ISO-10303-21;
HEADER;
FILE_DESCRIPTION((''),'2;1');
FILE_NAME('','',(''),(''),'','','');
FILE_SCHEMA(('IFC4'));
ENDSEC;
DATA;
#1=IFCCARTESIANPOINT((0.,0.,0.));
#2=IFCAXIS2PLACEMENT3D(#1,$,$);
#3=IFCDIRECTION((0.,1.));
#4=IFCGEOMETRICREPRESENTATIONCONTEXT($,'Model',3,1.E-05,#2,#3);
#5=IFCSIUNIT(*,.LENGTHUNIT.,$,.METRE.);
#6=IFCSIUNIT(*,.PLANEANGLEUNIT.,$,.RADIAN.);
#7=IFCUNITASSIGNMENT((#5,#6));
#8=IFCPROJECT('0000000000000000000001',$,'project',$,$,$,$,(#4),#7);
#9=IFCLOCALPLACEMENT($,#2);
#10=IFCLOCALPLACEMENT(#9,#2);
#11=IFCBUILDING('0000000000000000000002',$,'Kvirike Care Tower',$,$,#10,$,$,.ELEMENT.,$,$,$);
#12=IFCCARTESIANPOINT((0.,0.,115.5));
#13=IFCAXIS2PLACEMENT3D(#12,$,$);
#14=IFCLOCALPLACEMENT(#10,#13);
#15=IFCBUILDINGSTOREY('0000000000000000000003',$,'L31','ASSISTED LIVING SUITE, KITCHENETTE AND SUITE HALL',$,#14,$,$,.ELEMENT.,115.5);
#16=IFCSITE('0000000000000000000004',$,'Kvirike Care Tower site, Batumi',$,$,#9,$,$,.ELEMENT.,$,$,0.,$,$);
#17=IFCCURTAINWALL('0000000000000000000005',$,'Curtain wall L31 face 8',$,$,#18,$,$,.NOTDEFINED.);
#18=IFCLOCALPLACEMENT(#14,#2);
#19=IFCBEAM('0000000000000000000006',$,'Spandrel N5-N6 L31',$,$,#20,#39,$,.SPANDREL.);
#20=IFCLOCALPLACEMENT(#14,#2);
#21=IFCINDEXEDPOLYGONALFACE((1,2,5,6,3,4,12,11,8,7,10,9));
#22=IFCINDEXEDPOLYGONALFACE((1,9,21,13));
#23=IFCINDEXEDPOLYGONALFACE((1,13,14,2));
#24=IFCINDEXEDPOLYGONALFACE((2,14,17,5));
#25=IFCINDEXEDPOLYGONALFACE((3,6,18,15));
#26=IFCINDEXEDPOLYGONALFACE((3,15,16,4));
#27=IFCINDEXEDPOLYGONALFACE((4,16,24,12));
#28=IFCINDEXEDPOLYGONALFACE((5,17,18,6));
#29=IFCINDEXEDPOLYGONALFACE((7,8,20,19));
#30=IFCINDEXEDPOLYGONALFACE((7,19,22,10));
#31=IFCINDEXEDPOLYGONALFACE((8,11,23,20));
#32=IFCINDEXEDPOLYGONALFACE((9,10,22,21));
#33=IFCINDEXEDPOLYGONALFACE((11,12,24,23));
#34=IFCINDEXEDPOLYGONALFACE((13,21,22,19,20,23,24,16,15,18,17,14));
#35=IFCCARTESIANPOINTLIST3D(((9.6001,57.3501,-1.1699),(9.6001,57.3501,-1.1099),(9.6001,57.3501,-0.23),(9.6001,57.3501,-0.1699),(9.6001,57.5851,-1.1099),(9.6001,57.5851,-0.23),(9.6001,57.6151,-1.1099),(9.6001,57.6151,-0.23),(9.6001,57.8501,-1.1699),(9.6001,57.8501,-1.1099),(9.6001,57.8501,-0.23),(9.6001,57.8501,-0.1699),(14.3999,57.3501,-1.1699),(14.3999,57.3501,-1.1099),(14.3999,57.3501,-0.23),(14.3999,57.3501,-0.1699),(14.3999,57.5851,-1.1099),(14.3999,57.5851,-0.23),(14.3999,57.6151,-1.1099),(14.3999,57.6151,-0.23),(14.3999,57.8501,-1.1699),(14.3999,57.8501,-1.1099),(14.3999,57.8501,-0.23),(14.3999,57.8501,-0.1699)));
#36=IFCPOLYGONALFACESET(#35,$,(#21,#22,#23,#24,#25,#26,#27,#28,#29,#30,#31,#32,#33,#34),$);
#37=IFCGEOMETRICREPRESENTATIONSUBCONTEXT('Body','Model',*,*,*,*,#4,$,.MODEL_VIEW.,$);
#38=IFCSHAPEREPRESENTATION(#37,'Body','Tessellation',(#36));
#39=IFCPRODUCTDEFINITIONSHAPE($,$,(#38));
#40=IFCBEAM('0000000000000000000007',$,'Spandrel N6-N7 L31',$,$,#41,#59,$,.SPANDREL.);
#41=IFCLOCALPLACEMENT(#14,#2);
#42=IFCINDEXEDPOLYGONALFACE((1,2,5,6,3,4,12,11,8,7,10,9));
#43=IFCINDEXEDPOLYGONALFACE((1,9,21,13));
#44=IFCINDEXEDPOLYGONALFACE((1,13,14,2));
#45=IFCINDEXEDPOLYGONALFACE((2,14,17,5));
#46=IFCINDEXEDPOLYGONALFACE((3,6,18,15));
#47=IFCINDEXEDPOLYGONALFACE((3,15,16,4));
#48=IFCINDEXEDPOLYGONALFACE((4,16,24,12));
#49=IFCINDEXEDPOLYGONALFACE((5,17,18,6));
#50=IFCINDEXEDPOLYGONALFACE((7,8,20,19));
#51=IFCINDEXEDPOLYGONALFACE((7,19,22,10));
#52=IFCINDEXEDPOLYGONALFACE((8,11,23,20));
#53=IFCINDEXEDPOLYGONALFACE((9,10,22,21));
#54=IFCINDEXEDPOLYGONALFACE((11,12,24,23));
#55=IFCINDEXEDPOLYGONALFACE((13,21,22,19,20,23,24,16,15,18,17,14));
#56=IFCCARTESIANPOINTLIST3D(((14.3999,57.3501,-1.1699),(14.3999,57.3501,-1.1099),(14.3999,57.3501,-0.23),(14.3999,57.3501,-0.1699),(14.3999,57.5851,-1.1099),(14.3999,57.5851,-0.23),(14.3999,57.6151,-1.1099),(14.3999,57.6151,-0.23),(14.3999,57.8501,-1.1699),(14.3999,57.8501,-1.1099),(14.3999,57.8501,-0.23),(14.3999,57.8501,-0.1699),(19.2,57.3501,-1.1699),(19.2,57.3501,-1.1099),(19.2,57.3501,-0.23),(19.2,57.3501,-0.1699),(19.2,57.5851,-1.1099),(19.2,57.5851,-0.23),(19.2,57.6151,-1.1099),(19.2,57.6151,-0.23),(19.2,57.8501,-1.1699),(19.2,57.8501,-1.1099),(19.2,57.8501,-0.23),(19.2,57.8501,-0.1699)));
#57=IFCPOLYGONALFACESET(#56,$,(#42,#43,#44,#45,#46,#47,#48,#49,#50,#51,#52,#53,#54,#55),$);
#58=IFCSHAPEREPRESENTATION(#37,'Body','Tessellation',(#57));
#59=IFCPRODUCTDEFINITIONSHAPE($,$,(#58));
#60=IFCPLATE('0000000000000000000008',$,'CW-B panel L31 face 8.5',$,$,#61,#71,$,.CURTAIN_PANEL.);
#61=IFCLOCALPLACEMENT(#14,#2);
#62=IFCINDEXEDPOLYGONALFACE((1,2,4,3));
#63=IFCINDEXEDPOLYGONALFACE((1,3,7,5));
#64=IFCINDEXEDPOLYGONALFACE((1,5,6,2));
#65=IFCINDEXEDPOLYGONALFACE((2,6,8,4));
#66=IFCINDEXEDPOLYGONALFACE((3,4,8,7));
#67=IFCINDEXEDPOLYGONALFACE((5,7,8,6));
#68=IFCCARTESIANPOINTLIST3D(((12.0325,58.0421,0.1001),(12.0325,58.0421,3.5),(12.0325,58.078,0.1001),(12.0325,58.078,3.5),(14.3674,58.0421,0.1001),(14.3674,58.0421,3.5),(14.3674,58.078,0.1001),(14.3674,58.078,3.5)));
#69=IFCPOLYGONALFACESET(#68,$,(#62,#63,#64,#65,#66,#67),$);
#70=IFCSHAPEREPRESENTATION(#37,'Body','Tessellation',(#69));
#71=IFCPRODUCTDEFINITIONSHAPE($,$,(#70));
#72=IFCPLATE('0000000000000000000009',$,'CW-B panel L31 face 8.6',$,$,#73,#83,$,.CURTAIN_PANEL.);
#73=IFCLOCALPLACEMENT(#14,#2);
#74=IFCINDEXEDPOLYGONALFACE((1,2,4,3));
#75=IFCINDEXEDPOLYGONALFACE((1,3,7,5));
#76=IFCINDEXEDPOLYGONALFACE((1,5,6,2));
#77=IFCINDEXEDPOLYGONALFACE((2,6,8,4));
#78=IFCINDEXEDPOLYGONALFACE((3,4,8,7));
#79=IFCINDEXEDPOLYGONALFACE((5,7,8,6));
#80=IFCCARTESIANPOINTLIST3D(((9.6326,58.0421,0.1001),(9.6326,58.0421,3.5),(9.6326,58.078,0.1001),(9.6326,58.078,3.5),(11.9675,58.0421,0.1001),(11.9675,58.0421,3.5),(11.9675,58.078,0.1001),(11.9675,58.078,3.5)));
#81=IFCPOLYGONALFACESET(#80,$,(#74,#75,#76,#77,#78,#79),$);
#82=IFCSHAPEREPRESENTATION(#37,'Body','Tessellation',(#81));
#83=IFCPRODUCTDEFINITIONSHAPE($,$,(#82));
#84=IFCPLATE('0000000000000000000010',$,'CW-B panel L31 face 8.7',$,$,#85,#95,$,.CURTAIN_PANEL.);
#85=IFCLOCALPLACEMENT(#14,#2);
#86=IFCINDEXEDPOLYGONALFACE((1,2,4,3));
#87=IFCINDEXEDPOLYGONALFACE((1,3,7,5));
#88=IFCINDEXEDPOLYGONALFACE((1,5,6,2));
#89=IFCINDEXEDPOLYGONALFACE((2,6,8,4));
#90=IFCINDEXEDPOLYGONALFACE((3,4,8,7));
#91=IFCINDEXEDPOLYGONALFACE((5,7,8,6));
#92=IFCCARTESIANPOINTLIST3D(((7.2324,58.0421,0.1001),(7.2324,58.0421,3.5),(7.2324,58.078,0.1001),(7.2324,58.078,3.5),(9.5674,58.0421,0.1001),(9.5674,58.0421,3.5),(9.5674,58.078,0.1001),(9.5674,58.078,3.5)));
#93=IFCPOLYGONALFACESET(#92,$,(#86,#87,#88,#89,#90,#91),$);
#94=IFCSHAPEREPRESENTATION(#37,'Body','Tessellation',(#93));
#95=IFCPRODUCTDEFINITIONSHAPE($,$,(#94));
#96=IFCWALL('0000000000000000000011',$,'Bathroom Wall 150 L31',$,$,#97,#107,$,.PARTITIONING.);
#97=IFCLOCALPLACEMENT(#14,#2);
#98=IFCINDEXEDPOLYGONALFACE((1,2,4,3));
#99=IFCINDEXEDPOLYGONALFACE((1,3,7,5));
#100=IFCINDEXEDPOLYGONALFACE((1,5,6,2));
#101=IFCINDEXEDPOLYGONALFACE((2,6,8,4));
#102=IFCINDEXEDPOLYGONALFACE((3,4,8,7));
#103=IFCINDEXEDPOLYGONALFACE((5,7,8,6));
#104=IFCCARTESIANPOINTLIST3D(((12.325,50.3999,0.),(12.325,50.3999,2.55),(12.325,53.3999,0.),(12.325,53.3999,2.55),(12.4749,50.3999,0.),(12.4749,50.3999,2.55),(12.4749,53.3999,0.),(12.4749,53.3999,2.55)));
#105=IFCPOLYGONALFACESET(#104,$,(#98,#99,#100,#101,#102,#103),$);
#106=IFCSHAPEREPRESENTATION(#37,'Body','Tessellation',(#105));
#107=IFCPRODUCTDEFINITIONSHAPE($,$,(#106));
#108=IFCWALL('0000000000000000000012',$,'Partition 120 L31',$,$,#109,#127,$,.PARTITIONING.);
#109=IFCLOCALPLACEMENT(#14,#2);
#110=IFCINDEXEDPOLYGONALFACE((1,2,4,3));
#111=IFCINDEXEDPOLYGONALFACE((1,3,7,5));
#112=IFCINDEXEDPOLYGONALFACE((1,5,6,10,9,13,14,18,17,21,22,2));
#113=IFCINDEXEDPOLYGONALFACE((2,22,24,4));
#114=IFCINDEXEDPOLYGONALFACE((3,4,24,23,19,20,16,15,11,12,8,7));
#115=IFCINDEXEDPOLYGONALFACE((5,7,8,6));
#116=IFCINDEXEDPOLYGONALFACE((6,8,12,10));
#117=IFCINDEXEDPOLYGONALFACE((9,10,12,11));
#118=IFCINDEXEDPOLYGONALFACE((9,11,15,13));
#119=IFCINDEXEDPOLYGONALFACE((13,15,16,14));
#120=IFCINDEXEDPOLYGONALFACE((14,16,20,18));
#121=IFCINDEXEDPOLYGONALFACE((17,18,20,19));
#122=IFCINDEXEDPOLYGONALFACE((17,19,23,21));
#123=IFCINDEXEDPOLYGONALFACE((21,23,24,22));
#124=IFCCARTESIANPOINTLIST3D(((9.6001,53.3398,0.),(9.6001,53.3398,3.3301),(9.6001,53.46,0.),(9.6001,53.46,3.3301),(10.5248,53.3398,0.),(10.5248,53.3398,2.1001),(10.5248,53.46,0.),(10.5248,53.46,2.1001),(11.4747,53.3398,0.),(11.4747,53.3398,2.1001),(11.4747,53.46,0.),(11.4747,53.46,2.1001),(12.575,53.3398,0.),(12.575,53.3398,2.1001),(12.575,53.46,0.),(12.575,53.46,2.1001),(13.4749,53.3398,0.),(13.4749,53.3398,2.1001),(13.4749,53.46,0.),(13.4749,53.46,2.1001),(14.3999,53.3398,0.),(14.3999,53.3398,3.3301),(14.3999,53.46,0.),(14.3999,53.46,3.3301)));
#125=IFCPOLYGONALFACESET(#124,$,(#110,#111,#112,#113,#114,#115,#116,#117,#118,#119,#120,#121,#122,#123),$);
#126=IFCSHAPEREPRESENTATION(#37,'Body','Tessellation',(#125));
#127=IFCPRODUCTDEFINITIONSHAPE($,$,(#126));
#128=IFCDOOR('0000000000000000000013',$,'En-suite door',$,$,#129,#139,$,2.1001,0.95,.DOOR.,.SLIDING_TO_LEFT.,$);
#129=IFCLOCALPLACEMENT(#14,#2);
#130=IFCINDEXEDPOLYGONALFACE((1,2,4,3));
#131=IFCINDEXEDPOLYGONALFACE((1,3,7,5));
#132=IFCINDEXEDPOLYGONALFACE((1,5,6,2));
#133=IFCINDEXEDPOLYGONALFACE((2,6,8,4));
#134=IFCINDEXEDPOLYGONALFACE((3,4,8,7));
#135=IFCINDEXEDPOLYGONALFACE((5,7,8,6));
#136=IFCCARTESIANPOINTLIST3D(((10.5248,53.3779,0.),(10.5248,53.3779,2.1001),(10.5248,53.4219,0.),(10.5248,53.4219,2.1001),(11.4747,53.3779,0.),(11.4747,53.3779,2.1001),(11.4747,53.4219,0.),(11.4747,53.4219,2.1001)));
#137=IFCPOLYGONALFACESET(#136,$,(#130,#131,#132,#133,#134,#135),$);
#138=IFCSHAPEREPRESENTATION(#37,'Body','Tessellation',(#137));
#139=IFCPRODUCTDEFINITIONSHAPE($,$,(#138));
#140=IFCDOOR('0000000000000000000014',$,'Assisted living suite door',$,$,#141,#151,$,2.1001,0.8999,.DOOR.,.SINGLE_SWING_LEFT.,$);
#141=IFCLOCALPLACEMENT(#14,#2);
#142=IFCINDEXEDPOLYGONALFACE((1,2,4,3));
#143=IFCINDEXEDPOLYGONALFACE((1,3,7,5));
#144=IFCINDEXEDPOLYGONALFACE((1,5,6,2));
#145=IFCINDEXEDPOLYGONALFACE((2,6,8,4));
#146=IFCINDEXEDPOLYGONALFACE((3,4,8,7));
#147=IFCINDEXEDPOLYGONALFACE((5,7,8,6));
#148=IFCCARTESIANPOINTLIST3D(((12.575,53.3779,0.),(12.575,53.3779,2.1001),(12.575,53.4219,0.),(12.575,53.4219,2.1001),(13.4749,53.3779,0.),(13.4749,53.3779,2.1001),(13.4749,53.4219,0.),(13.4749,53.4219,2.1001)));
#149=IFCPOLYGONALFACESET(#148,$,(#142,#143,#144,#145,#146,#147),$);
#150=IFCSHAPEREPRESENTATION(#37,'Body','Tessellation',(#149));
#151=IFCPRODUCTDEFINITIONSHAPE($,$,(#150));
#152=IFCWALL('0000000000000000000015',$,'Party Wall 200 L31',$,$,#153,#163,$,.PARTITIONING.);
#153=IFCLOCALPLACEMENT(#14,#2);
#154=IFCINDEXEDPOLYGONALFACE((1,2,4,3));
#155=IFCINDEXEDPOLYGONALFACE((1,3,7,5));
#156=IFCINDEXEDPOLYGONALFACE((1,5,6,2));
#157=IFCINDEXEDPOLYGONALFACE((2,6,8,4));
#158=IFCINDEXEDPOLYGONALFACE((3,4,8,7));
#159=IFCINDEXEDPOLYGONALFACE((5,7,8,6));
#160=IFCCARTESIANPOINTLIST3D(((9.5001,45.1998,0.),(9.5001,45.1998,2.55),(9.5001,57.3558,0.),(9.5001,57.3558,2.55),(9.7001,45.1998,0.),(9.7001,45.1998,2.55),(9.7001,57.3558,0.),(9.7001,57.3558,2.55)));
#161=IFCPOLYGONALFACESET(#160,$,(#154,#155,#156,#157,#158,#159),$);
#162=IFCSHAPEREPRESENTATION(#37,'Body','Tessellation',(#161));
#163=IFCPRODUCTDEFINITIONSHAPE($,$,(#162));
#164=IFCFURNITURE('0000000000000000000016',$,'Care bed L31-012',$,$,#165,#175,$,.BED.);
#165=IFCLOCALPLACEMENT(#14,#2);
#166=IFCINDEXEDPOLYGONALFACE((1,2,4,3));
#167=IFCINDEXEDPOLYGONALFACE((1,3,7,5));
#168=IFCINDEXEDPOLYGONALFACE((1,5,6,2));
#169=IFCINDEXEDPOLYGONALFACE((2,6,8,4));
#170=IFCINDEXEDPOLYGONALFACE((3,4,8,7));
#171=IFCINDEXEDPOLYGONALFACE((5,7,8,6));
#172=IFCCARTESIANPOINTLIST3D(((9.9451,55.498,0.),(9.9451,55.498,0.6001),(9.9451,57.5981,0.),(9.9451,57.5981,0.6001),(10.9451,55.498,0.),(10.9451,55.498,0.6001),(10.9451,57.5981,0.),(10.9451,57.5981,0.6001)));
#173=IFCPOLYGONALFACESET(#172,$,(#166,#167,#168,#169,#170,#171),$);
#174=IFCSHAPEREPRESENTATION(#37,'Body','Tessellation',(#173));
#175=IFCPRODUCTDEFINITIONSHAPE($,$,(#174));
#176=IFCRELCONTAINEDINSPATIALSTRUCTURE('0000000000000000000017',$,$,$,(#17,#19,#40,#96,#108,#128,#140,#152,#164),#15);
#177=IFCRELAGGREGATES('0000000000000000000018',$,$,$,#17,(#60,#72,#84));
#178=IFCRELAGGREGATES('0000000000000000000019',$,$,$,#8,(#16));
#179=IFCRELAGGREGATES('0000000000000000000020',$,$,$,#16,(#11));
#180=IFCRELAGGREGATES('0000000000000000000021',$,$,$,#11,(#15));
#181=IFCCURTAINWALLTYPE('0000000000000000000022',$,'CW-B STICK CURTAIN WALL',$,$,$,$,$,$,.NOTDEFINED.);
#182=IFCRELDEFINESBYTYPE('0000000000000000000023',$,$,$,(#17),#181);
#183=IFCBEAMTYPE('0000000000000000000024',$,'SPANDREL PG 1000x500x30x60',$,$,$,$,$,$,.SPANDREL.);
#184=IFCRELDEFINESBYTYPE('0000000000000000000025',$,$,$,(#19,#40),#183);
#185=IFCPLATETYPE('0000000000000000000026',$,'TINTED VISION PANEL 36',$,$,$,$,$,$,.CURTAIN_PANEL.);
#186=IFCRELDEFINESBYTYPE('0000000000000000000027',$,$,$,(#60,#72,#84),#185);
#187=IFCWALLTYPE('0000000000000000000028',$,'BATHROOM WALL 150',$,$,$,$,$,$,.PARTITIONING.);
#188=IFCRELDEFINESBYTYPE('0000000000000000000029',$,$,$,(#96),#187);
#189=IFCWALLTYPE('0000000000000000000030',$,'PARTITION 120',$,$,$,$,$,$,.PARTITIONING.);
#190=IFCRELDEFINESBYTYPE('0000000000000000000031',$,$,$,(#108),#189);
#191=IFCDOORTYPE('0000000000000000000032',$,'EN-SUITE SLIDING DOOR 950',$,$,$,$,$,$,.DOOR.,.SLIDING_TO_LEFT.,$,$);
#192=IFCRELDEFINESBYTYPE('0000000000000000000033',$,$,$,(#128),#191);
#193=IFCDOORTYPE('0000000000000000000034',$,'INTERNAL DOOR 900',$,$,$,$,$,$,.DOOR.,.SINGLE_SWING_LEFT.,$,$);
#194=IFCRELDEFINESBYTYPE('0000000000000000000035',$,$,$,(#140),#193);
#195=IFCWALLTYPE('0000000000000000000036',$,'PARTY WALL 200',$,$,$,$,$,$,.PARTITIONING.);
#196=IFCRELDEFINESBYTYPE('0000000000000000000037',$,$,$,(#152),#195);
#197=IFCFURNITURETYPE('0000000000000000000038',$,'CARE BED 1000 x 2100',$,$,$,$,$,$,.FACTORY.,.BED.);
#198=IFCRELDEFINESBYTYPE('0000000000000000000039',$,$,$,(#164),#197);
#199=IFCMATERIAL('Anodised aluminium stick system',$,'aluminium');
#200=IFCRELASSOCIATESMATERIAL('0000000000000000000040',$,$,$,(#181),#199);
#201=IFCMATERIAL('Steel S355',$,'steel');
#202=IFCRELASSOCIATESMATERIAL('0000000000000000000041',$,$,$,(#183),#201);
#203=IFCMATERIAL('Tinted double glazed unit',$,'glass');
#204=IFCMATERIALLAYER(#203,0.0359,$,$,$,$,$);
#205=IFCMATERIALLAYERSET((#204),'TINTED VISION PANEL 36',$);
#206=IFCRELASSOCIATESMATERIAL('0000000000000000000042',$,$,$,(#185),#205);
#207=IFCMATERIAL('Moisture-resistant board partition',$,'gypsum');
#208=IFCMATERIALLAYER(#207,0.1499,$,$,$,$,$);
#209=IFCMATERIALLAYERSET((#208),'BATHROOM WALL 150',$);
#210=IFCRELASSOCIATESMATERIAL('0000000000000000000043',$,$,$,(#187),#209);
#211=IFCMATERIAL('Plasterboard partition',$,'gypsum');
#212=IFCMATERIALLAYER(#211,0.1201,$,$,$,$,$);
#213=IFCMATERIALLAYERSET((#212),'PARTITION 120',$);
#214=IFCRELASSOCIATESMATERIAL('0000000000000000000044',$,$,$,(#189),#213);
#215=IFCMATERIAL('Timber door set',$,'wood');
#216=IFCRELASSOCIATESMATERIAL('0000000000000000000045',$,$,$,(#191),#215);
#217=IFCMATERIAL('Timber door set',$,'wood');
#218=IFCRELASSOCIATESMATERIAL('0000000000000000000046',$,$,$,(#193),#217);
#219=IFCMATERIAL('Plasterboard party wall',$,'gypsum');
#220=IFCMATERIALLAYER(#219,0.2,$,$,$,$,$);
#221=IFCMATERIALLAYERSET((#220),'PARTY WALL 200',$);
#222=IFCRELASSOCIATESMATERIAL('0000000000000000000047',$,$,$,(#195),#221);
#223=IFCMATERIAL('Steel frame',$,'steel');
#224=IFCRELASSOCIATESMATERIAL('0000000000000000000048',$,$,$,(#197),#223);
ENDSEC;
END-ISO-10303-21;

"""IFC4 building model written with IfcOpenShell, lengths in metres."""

from ifc_helpers import new_model, si_unit, direction, frame, frame_2d, origin, origin_2d, place, context, subcontext, project, spatial, rectangle, i_section, extrude, material, layer, layer_set, material_profile, profile_set, type_object, element, fill, aggregate, save


model = new_model("IFC4")

# Units and contexts
model_context = context("Model", 3, precision=1e-05, world=origin(), true_north=direction((0.0, 1.0)))
body_context = subcontext(model_context, "Body", "Model", "MODEL_VIEW")
ifc_project = project(units=[si_unit("LENGTHUNIT", "METRE"), si_unit("PLANEANGLEUNIT", "RADIAN")], contexts=[model_context])

# Site, building, storey
site_placement = place(None, origin())
site = spatial("IfcSite", under=ifc_project, at=site_placement, Name="Kvirike Care Tower site, Batumi", CompositionType="ELEMENT", RefElevation=0.0)
building_placement = place(site_placement, origin())
building = spatial("IfcBuilding", under=site, at=building_placement, Name="Kvirike Care Tower", CompositionType="ELEMENT")
storey_placement = place(building_placement, frame((0.0, 0.0, 115.5)))
storey = spatial("IfcBuildingStorey", under=building, at=storey_placement, Name="L31", Description="ASSISTED LIVING SUITE, KITCHENETTE AND SUITE HALL", CompositionType="ELEMENT", Elevation=115.5)

# Curtain wall
ifc_material_1 = material(Name="Anodised aluminium stick system", Category="aluminium")
curtain_wall_type = type_object("IfcCurtainWallType", Name="CW-B STICK CURTAIN WALL", PredefinedType="NOTDEFINED", material=ifc_material_1)
curtain_wall_placement = place(storey_placement, origin())
curtain_wall = element("IfcCurtainWall", 1, at=curtain_wall_placement, inside=storey, type_object=curtain_wall_type, Name="Curtain wall L31 face 8", PredefinedType="NOTDEFINED")

# Beams
ifc_material_2 = material(Name="Steel S355", Category="steel")
ifc_material_profile_1 = material_profile(ifc_material_2, i_section(OverallWidth=0.5, OverallDepth=1.0, WebThickness=0.03, FlangeThickness=0.0601, at=origin_2d()), Name="PG 1000x500x30x60")
ifc_profile_set_1 = profile_set([ifc_material_profile_1], Name="Steel S355")
beam_type = type_object("IfcBeamType", Name="SPANDREL PG 1000x500x30x60", PredefinedType="SPANDREL", material=ifc_profile_set_1)
beam_1_placement = place(storey_placement, frame((9.6001, 57.6001, -0.6699), z_axis=(1.0, 0.0, 0.0), x_axis=(0.0, 1.0, 0.0)))
element("IfcBeam", 2, at=beam_1_placement, inside=storey, type_object=beam_type, Name="Spandrel N5-N6 L31", PredefinedType="SPANDREL", context=body_context, shape_type="SweptSolid", body=[
    extrude(i_section(OverallWidth=0.5, OverallDepth=1.0, WebThickness=0.03, FlangeThickness=0.0601, at=origin_2d()), origin(), (0.0, 0.0, 1.0), 4.7998),
])
beam_2_placement = place(storey_placement, frame((14.3999, 57.6001, -0.6699), z_axis=(1.0, 0.0, 0.0), x_axis=(0.0, 1.0, 0.0)))
element("IfcBeam", 3, at=beam_2_placement, inside=storey, type_object=beam_type, Name="Spandrel N6-N7 L31", PredefinedType="SPANDREL", context=body_context, shape_type="SweptSolid", body=[
    extrude(i_section(OverallWidth=0.5, OverallDepth=1.0, WebThickness=0.03, FlangeThickness=0.0601, at=origin_2d()), origin(), (0.0, 0.0, 1.0), 4.8),
])

# Plates
ifc_material_3 = material(Name="Tinted double glazed unit", Category="glass")
ifc_layer_1 = layer(ifc_material_3, 0.0359)
ifc_layer_set_1 = layer_set([ifc_layer_1], Name="TINTED VISION PANEL 36")
plate_type = type_object("IfcPlateType", Name="TINTED VISION PANEL 36", PredefinedType="CURTAIN_PANEL", material=ifc_layer_set_1)
plate_1_placement = place(storey_placement, frame((13.2, 58.0601, 0.1001), z_axis=(0.0, 0.0, 1.0), x_axis=(-1.0, 0.0, 0.0)))
plate_1 = element("IfcPlate", 4, at=plate_1_placement, type_object=plate_type, Name="CW-B panel L31 face 8.5", PredefinedType="CURTAIN_PANEL", context=body_context, shape_type="SweptSolid", body=[
    extrude(rectangle(XDim=2.335, YDim=0.0359, at=origin_2d()), origin(), (0.0, 0.0, 1.0), 3.3999),
])
plate_2_placement = place(storey_placement, frame((10.8, 58.0601, 0.1001), z_axis=(0.0, 0.0, 1.0), x_axis=(-1.0, 0.0, 0.0)))
plate_2 = element("IfcPlate", 5, at=plate_2_placement, type_object=plate_type, Name="CW-B panel L31 face 8.6", PredefinedType="CURTAIN_PANEL", context=body_context, shape_type="SweptSolid", body=[
    extrude(rectangle(XDim=2.335, YDim=0.0359, at=origin_2d()), origin(), (0.0, 0.0, 1.0), 3.3999),
])
plate_3_placement = place(storey_placement, frame((8.3999, 58.0601, 0.1001), z_axis=(0.0, 0.0, 1.0), x_axis=(-1.0, 0.0, 0.0)))
plate_3 = element("IfcPlate", 6, at=plate_3_placement, type_object=plate_type, Name="CW-B panel L31 face 8.7", PredefinedType="CURTAIN_PANEL", context=body_context, shape_type="SweptSolid", body=[
    extrude(rectangle(XDim=2.335, YDim=0.0359, at=origin_2d()), origin(), (0.0, 0.0, 1.0), 3.3999),
])
aggregate(curtain_wall, [plate_1, plate_2, plate_3])

# Wall
ifc_material_4 = material(Name="Moisture-resistant board partition", Category="gypsum")
ifc_layer_2 = layer(ifc_material_4, 0.1499)
ifc_layer_set_2 = layer_set([ifc_layer_2], Name="BATHROOM WALL 150")
wall_type_1 = type_object("IfcWallType", Name="BATHROOM WALL 150", PredefinedType="PARTITIONING", material=ifc_layer_set_2)
wall_1_placement = place(storey_placement, frame((12.3999, 53.3999, 0.0), z_axis=(0.0, 0.0, 1.0), x_axis=(0.0, -1.0, 0.0)))
element("IfcWall", 7, at=wall_1_placement, inside=storey, type_object=wall_type_1, Name="Bathroom Wall 150 L31", PredefinedType="PARTITIONING", context=body_context, shape_type="SweptSolid", body=[
    extrude(rectangle(XDim=3.0, YDim=0.1499, at=frame_2d((1.5, 0.0))), origin(), (0.0, 0.0, 1.0), 2.55),
])

# Wall, openings, doors
ifc_material_5 = material(Name="Plasterboard partition", Category="gypsum")
ifc_layer_3 = layer(ifc_material_5, 0.1201)
ifc_layer_set_3 = layer_set([ifc_layer_3], Name="PARTITION 120")
wall_type_2 = type_object("IfcWallType", Name="PARTITION 120", PredefinedType="PARTITIONING", material=ifc_layer_set_3)
wall_2_placement = place(storey_placement, frame((14.3999, 53.3999, 0.0), z_axis=(0.0, 0.0, 1.0), x_axis=(-1.0, 0.0, 0.0)))
wall_2 = element("IfcWall", 8, at=wall_2_placement, inside=storey, type_object=wall_type_2, Name="Partition 120 L31", PredefinedType="PARTITIONING", context=body_context, shape_type="SweptSolid", body=[
    extrude(rectangle(XDim=4.7998, YDim=0.1201, at=frame_2d((2.3999, 0.0))), origin(), (0.0, 0.0, 1.0), 3.3301),
])
opening_1_placement = place(wall_2_placement, frame((0.925, 0.0, 0.0)))
opening_1 = element("IfcOpeningElement", 9, at=opening_1_placement, cuts=wall_2, PredefinedType="OPENING", context=body_context, shape_type="SweptSolid", body=[
    extrude(rectangle(XDim=0.8999, YDim=2.1001, at=frame_2d((0.45, 1.05))), frame((0.0, 0.0706, 0.0), z_axis=(0.0, -1.0, 0.0), x_axis=(1.0, 0.0, 0.0)), (0.0, 0.0, 1.0), 0.1411),
])
opening_2_placement = place(wall_2_placement, frame((2.925, 0.0, 0.0)))
opening_2 = element("IfcOpeningElement", 10, at=opening_2_placement, cuts=wall_2, PredefinedType="OPENING", context=body_context, shape_type="SweptSolid", body=[
    extrude(rectangle(XDim=0.95, YDim=2.1001, at=frame_2d((0.4751, 1.05))), frame((0.0, 0.0706, 0.0), z_axis=(0.0, -1.0, 0.0), x_axis=(1.0, 0.0, 0.0)), (0.0, 0.0, 1.0), 0.1411),
])
ifc_material_6 = material(Name="Timber door set", Category="wood")
door_type_1 = type_object("IfcDoorType", Name="EN-SUITE SLIDING DOOR 950", OperationType="SLIDING_TO_LEFT", PredefinedType="DOOR", material=ifc_material_6)
door_1_placement = place(opening_2_placement, origin())
door_1 = element("IfcDoor", 11, at=door_1_placement, inside=storey, type_object=door_type_1, Name="En-suite door", OperationType="SLIDING_TO_LEFT", OverallHeight=2.1001, OverallWidth=0.95, PredefinedType="DOOR", context=body_context, shape_type="SweptSolid", body=[
    extrude(rectangle(XDim=0.95, YDim=2.1001, at=frame_2d((0.4751, 1.05))), frame((0.0, 0.022, 0.0), z_axis=(0.0, -1.0, 0.0), x_axis=(1.0, 0.0, 0.0)), (0.0, 0.0, 1.0), 0.0439),
])
fill(opening_2, door_1)
ifc_material_7 = material(Name="Timber door set", Category="wood")
door_type_2 = type_object("IfcDoorType", Name="INTERNAL DOOR 900", OperationType="SINGLE_SWING_LEFT", PredefinedType="DOOR", material=ifc_material_7)
door_2_placement = place(opening_1_placement, origin())
door_2 = element("IfcDoor", 12, at=door_2_placement, inside=storey, type_object=door_type_2, Name="Assisted living suite door", OperationType="SINGLE_SWING_LEFT", OverallHeight=2.1001, OverallWidth=0.8999, PredefinedType="DOOR", context=body_context, shape_type="SweptSolid", body=[
    extrude(rectangle(XDim=0.8999, YDim=2.1001, at=frame_2d((0.45, 1.05))), frame((0.0, 0.022, 0.0), z_axis=(0.0, -1.0, 0.0), x_axis=(1.0, 0.0, 0.0)), (0.0, 0.0, 1.0), 0.0439),
])
fill(opening_1, door_2)

# Wall
ifc_material_8 = material(Name="Plasterboard party wall", Category="gypsum")
ifc_layer_4 = layer(ifc_material_8, 0.2)
ifc_layer_set_4 = layer_set([ifc_layer_4], Name="PARTY WALL 200")
wall_type_3 = type_object("IfcWallType", Name="PARTY WALL 200", PredefinedType="PARTITIONING", material=ifc_layer_set_4)
wall_3_placement = place(storey_placement, frame((9.6001, 57.356, 0.0), z_axis=(0.0, 0.0, 1.0), x_axis=(0.0, -1.0, 0.0)))
element("IfcWall", 13, at=wall_3_placement, inside=storey, type_object=wall_type_3, Name="Party Wall 200 L31", PredefinedType="PARTITIONING", context=body_context, shape_type="SweptSolid", body=[
    extrude(rectangle(XDim=12.156, YDim=0.2, at=frame_2d((6.0781, 0.0))), origin(), (0.0, 0.0, 1.0), 2.55),
])

# Furniture
ifc_material_9 = material(Name="Steel frame", Category="steel")
furniture_type = type_object("IfcFurnitureType", Name="CARE BED 1000 x 2100", AssemblyPlace="FACTORY", PredefinedType="BED", material=ifc_material_9)
for number, where, z_axis, x_axis, name in (
    (14, (10.4451, 56.5481, 0.0), (0.0, 0.0, 1.0), (1.0, 0.0, 0.0), "Care bed L31-012"),
):
    element("IfcFurniture", number, at=place(storey_placement, frame(where, z_axis=z_axis, x_axis=x_axis)), inside=storey, type_object=furniture_type, Name=name, PredefinedType="BED", context=body_context, shape_type="SweptSolid", body=[
        extrude(rectangle(XDim=1.0, YDim=2.1001, at=origin_2d()), origin(), (0.0, 0.0, 1.0), 0.6001),
    ])

save(model, "model.ifc")
